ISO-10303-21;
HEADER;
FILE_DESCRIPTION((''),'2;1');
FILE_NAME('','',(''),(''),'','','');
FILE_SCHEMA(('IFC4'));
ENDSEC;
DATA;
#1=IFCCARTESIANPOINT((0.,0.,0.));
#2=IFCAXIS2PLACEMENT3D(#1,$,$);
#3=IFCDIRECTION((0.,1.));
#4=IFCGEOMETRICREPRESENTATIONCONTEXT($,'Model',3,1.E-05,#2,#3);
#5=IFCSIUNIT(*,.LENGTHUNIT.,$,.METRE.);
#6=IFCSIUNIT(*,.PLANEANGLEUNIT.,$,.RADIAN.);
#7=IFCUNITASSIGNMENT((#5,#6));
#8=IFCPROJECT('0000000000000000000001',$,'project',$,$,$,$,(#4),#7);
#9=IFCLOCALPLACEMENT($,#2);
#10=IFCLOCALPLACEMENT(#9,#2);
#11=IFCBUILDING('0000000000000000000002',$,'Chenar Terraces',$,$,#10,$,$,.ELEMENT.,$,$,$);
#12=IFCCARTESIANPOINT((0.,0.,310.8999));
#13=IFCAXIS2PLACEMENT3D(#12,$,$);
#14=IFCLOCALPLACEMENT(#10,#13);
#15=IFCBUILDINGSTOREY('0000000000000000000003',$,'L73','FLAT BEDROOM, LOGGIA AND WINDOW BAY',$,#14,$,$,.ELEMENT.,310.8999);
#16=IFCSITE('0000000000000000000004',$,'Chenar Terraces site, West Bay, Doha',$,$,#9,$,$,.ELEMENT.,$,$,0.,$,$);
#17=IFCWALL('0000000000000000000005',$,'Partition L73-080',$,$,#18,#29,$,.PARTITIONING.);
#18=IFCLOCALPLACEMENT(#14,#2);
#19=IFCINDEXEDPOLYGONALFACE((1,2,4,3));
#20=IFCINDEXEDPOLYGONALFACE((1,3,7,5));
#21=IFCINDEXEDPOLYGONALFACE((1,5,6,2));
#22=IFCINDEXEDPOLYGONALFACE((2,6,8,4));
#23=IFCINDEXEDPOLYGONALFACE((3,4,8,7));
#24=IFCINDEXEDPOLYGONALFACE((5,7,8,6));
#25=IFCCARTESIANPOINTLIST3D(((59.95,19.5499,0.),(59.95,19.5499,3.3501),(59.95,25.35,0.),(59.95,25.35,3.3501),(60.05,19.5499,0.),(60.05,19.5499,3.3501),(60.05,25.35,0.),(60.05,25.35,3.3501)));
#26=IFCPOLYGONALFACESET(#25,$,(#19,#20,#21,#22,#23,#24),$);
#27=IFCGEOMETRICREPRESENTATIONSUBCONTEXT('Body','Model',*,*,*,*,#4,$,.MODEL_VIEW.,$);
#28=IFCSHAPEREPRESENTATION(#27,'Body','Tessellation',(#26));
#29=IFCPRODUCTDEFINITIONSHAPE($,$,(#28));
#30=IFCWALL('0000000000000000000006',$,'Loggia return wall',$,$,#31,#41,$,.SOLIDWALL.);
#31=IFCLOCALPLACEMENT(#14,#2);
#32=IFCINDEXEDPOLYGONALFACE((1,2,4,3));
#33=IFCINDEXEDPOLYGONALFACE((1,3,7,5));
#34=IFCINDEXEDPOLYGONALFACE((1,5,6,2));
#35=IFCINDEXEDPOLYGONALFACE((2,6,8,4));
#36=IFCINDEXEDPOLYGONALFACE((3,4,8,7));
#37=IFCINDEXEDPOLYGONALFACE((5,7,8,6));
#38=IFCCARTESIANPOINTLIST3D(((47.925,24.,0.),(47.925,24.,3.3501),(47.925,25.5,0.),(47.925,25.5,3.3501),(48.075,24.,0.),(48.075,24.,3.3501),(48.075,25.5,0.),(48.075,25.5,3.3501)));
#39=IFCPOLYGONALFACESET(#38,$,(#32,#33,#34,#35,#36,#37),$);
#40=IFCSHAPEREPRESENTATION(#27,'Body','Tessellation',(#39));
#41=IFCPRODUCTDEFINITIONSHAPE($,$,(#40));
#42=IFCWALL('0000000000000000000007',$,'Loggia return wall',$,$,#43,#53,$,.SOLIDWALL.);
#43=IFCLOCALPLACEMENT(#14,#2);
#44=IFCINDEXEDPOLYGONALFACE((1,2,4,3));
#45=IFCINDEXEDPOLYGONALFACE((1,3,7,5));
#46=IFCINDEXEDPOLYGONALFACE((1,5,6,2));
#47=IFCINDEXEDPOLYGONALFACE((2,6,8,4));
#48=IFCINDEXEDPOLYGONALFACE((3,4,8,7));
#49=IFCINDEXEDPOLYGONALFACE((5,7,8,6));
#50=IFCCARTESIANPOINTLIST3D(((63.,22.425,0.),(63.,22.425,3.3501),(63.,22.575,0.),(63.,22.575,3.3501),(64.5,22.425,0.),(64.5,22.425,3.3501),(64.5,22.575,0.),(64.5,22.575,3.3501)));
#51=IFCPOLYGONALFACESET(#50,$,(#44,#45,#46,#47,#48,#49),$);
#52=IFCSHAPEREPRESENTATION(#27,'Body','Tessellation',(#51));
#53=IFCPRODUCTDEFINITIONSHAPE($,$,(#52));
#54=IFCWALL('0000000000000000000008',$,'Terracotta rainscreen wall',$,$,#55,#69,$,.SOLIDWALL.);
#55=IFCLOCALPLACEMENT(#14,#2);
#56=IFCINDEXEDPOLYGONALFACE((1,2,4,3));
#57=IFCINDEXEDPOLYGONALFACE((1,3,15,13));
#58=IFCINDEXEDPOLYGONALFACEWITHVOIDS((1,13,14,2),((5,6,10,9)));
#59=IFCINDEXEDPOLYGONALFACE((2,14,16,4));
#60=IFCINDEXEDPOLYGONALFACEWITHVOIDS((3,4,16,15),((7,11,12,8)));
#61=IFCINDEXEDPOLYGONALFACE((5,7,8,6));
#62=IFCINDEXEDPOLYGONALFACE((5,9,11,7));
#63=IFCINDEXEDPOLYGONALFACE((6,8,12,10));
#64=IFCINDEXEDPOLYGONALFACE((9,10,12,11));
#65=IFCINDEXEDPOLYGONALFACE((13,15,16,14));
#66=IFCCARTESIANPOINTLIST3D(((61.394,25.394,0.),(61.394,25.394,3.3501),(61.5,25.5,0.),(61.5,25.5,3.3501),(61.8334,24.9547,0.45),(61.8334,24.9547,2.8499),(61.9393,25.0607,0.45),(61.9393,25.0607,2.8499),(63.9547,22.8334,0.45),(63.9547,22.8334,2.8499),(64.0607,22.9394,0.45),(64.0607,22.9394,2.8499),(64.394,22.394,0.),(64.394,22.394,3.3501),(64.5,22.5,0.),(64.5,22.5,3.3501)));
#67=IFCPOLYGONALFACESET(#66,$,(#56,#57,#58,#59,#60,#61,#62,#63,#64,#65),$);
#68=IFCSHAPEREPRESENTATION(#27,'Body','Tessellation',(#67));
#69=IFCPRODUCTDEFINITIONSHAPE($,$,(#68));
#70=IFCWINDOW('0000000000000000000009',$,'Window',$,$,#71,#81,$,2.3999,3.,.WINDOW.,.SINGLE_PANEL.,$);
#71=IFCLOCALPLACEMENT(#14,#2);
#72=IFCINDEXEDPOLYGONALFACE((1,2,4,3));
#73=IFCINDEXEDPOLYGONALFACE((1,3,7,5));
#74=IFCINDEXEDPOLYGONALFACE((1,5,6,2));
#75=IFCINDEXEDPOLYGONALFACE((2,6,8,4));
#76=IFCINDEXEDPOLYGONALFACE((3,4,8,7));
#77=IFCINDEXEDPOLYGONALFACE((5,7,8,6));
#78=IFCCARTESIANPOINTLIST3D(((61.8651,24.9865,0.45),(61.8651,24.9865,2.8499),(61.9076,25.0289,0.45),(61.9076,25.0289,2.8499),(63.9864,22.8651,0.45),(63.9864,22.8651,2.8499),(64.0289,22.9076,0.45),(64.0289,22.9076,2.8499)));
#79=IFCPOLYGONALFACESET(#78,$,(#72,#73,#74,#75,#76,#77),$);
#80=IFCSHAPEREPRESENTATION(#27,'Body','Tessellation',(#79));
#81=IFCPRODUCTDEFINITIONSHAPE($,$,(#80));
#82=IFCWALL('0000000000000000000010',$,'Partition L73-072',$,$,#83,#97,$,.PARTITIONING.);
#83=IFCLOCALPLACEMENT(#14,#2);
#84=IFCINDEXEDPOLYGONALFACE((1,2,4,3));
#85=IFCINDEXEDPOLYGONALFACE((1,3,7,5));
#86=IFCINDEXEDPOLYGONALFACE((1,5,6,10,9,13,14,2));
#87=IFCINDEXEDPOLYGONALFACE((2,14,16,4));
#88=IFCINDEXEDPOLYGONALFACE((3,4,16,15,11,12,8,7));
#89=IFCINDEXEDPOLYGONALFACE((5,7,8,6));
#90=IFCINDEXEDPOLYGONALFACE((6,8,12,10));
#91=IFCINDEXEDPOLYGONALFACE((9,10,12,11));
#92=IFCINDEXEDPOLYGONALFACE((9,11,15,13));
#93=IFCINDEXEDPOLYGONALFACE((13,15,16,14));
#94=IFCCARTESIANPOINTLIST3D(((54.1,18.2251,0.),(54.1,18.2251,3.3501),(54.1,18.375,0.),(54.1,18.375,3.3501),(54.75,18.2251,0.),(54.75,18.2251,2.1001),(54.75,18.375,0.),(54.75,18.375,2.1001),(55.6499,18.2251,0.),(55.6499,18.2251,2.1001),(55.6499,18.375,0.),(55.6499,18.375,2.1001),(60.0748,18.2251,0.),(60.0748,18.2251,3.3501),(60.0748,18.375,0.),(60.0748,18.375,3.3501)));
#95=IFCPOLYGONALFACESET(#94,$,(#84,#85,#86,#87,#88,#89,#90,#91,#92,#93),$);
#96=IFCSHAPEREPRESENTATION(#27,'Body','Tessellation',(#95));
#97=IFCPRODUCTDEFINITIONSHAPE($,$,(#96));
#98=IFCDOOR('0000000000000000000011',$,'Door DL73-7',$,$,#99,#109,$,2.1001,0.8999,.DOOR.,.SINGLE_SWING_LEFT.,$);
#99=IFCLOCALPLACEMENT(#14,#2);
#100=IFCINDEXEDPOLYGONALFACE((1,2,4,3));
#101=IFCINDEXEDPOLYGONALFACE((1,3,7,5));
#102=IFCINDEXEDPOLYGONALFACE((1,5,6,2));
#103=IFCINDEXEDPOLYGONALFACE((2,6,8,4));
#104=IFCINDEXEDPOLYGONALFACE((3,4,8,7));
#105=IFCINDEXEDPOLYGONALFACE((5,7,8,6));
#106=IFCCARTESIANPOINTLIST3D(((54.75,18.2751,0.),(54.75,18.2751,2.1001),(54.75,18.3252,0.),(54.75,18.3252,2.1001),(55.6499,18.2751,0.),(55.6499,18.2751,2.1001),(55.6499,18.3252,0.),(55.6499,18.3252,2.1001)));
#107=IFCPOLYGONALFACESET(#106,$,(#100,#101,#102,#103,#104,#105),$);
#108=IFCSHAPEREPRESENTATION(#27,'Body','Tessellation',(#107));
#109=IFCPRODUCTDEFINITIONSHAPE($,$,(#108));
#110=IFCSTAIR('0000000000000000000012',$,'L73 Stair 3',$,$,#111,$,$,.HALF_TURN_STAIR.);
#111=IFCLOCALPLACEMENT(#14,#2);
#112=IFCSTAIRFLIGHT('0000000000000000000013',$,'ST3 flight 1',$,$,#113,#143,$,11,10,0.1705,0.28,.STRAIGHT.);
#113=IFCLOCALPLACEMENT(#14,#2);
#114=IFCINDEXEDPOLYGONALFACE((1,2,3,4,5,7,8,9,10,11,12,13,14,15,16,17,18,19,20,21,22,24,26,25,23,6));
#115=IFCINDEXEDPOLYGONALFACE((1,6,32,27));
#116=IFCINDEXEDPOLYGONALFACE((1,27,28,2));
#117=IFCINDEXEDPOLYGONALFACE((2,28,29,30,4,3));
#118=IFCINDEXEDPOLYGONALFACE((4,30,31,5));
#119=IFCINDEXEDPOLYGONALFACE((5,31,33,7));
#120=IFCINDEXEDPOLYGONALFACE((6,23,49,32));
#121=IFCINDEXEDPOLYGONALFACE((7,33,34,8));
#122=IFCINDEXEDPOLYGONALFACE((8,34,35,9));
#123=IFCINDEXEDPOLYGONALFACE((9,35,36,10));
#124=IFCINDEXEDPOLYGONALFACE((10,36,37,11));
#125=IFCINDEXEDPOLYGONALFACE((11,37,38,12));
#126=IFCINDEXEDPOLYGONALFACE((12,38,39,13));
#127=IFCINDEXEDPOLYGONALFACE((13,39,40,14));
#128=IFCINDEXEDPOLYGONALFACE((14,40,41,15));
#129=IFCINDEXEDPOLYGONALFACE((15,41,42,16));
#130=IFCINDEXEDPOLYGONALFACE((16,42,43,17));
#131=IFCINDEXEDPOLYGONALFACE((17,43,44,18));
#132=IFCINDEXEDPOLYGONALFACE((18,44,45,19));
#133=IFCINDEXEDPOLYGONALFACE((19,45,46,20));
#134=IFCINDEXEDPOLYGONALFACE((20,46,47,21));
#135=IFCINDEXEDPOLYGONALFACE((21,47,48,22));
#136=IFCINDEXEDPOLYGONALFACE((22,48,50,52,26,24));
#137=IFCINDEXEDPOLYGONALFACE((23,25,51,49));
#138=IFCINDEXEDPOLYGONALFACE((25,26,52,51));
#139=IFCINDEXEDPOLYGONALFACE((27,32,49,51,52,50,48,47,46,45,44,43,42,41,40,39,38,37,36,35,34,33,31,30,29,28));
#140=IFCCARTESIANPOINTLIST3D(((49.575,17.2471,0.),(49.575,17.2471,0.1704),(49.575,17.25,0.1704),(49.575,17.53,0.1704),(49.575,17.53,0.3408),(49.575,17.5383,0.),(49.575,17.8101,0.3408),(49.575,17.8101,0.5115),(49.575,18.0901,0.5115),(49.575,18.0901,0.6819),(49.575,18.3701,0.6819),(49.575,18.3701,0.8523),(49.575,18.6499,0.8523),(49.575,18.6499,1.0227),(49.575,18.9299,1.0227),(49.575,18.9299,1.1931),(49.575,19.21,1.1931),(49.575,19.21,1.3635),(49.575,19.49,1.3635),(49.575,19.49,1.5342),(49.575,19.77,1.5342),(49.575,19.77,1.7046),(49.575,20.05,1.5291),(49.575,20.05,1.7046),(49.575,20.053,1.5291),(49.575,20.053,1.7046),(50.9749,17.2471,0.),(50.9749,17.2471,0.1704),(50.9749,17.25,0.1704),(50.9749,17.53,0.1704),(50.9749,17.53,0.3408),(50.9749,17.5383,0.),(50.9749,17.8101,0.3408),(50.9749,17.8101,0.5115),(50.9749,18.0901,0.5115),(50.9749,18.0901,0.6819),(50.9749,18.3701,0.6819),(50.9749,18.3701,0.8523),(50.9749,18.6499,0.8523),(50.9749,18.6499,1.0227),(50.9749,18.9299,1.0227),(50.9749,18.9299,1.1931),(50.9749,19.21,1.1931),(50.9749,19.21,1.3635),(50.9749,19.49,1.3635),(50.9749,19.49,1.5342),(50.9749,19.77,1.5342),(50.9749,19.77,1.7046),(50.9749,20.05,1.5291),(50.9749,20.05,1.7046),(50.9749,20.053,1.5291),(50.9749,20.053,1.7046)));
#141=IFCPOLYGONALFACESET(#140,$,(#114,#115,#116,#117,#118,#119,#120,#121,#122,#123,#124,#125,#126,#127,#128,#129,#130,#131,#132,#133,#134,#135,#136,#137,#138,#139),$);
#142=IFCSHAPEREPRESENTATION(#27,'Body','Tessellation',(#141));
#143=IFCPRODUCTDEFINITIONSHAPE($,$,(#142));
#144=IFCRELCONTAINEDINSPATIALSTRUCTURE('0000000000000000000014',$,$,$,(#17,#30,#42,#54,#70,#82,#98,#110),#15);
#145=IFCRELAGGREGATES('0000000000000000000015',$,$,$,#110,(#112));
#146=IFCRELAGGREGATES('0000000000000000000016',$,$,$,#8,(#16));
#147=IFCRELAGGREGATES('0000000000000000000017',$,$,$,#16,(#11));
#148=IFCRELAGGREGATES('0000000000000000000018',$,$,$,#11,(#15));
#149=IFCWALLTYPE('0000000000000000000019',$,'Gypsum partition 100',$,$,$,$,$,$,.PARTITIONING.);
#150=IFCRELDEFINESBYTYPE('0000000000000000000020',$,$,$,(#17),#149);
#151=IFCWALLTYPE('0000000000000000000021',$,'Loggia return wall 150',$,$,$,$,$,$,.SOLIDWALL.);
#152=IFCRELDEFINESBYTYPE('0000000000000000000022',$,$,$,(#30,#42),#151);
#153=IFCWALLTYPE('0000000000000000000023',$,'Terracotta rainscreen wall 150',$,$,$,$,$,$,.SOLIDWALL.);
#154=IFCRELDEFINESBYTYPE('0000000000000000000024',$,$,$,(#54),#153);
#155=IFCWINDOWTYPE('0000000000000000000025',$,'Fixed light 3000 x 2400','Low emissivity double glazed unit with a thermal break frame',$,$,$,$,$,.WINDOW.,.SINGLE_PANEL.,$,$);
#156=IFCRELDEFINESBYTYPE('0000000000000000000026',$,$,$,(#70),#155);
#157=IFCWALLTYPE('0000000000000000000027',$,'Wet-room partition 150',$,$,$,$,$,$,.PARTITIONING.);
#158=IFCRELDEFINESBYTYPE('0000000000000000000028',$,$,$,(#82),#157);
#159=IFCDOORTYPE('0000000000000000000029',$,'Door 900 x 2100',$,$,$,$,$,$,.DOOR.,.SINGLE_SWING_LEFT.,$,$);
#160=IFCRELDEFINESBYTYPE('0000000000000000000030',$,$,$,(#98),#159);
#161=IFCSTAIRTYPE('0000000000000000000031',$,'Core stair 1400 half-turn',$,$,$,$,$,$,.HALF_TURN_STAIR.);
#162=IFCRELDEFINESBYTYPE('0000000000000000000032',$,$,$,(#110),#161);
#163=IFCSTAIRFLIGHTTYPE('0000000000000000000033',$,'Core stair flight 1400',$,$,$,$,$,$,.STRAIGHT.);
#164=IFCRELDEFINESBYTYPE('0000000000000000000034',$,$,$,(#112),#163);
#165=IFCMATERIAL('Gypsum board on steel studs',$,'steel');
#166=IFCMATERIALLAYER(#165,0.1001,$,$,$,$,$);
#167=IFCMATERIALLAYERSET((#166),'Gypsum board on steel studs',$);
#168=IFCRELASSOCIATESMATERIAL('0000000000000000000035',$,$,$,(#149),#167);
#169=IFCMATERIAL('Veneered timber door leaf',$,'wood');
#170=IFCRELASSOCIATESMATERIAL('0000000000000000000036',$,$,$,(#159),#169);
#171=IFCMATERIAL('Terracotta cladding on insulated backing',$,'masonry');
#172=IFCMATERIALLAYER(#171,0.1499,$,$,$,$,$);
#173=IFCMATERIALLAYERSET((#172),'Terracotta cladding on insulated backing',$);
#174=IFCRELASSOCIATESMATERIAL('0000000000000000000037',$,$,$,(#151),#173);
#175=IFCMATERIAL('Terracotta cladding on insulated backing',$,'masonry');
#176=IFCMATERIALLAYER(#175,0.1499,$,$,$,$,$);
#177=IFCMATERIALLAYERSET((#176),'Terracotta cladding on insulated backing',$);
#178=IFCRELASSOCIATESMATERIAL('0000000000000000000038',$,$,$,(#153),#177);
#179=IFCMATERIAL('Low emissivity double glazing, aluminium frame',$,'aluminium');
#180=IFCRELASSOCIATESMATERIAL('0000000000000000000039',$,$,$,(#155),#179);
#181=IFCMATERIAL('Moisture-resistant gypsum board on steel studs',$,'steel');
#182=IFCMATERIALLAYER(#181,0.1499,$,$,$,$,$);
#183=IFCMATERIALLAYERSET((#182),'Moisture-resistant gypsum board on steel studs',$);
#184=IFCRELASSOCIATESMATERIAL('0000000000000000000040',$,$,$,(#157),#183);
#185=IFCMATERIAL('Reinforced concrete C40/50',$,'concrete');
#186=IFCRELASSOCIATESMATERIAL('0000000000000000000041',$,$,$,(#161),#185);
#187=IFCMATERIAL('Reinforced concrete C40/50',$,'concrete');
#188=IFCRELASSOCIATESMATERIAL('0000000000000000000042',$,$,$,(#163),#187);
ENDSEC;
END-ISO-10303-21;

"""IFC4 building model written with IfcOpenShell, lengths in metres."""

from ifc_helpers import new_model, si_unit, direction, frame, frame_2d, origin, place, context, subcontext, project, spatial, polyline, rectangle, outline, extrude, material, layer, layer_set, type_object, element, fill, aggregate, save


model = new_model("IFC4")

# Units and contexts
model_context = context("Model", 3, precision=1e-05, world=origin(), true_north=direction((0.0, 1.0)))
body_context = subcontext(model_context, "Body", "Model", "MODEL_VIEW")
ifc_project = project(units=[si_unit("LENGTHUNIT", "METRE"), si_unit("PLANEANGLEUNIT", "RADIAN")], contexts=[model_context])

# Site, building, storey
site_placement = place(None, origin())
site = spatial("IfcSite", under=ifc_project, at=site_placement, Name="Chenar Terraces site, West Bay, Doha", CompositionType="ELEMENT", RefElevation=0.0)
building_placement = place(site_placement, origin())
building = spatial("IfcBuilding", under=site, at=building_placement, Name="Chenar Terraces", CompositionType="ELEMENT")
storey_placement = place(building_placement, frame((0.0, 0.0, 310.8999)))
storey = spatial("IfcBuildingStorey", under=building, at=storey_placement, Name="L73", Description="FLAT BEDROOM, LOGGIA AND WINDOW BAY", CompositionType="ELEMENT", Elevation=310.8999)

# Shared definitions
ifc_material_1 = material(Name="Gypsum board on steel studs", Category="steel")
ifc_layer_1 = layer(ifc_material_1, 0.1001)
ifc_layer_set_1 = layer_set([ifc_layer_1], Name="Gypsum board on steel studs")
wall_type_1 = type_object("IfcWallType", Name="Gypsum partition 100", PredefinedType="PARTITIONING", material=ifc_layer_set_1)
ifc_material_2 = material(Name="Veneered timber door leaf", Category="wood")
door_type = type_object("IfcDoorType", Name="Door 900 x 2100", OperationType="SINGLE_SWING_LEFT", PredefinedType="DOOR", material=ifc_material_2)

# Walls
wall_1_placement = place(storey_placement, frame((60.0, 19.55, 0.0), z_axis=(0.0, 0.0, 1.0), x_axis=(0.0, 1.0, 0.0)))
element("IfcWall", 1, at=wall_1_placement, inside=storey, type_object=wall_type_1, Name="Partition L73-080", PredefinedType="PARTITIONING", context=body_context, shape_type="SweptSolid", body=[
    extrude(rectangle(XDim=5.8, YDim=0.1001, at=frame_2d((2.8999, 0.0))), origin(), (0.0, 0.0, 1.0), 3.3501),
])
ifc_material_3 = material(Name="Terracotta cladding on insulated backing", Category="masonry")
ifc_layer_2 = layer(ifc_material_3, 0.1499)
ifc_layer_set_2 = layer_set([ifc_layer_2], Name="Terracotta cladding on insulated backing")
wall_type_2 = type_object("IfcWallType", Name="Loggia return wall 150", PredefinedType="SOLIDWALL", material=ifc_layer_set_2)
for number, where, z_axis, x_axis, name in (
    (2, (48.0, 25.5, 0.0), (0.0, 0.0, 1.0), (0.0, -1.0, 0.0), "Loggia return wall"),
    (3, (64.5, 22.5, 0.0), (0.0, 0.0, 1.0), (-1.0, 0.0, 0.0), "Loggia return wall"),
):
    element("IfcWall", number, at=place(storey_placement, frame(where, z_axis=z_axis, x_axis=x_axis)), inside=storey, type_object=wall_type_2, Name=name, PredefinedType="SOLIDWALL", context=body_context, shape_type="SweptSolid", body=[
        extrude(rectangle(XDim=1.5, YDim=0.1499, at=frame_2d((0.75, 0.0))), origin(), (0.0, 0.0, 1.0), 3.3501),
    ])

# Wall, opening, window
ifc_material_4 = material(Name="Terracotta cladding on insulated backing", Category="masonry")
ifc_layer_3 = layer(ifc_material_4, 0.1499)
ifc_layer_set_3 = layer_set([ifc_layer_3], Name="Terracotta cladding on insulated backing")
wall_type_3 = type_object("IfcWallType", Name="Terracotta rainscreen wall 150", PredefinedType="SOLIDWALL", material=ifc_layer_set_3)
wall_2_placement = place(storey_placement, frame((64.447, 22.447, 0.0), z_axis=(0.0, 0.0, 1.0), x_axis=(-0.707107, 0.707107, 0.0)))
wall_2 = element("IfcWall", 4, at=wall_2_placement, inside=storey, type_object=wall_type_3, Name="Terracotta rainscreen wall", PredefinedType="SOLIDWALL", context=body_context, shape_type="SweptSolid", body=[
    extrude(rectangle(XDim=4.2427, YDim=0.1499, at=frame_2d((2.1213, 0.0))), origin(), (0.0, 0.0, 1.0), 3.3501),
])
opening_1_placement = place(wall_2_placement, frame((0.6213, 0.0, 0.45)))
opening_1 = element("IfcOpeningElement", 5, at=opening_1_placement, cuts=wall_2, PredefinedType="OPENING", context=body_context, shape_type="SweptSolid", body=[
    extrude(rectangle(XDim=3.0, YDim=2.3999, at=frame_2d((1.5, 1.2))), frame((0.0, 0.085, 0.0), z_axis=(0.0, -1.0, 0.0), x_axis=(1.0, 0.0, 0.0)), (0.0, 0.0, 1.0), 0.1699),
])
ifc_material_5 = material(Name="Low emissivity double glazing, aluminium frame", Category="aluminium")
window_type_1 = type_object("IfcWindowType", Name="Fixed light 3000 x 2400", Description="Low emissivity double glazed unit with a thermal break frame", PartitioningType="SINGLE_PANEL", PredefinedType="WINDOW", material=ifc_material_5)
window_1_placement = place(opening_1_placement, origin())
window_1 = element("IfcWindow", 6, at=window_1_placement, inside=storey, type_object=window_type_1, Name="Window", OverallHeight=2.3999, OverallWidth=3.0, PartitioningType="SINGLE_PANEL", PredefinedType="WINDOW", context=body_context, shape_type="SweptSolid", body=[
    extrude(rectangle(XDim=3.0, YDim=2.3999, at=frame_2d((1.5, 1.2))), frame((0.0, 0.03, 0.0), z_axis=(0.0, -1.0, 0.0), x_axis=(1.0, 0.0, 0.0)), (0.0, 0.0, 1.0), 0.0601),
])
fill(opening_1, window_1)

# Wall, opening, door
ifc_material_6 = material(Name="Moisture-resistant gypsum board on steel studs", Category="steel")
ifc_layer_4 = layer(ifc_material_6, 0.1499)
ifc_layer_set_4 = layer_set([ifc_layer_4], Name="Moisture-resistant gypsum board on steel studs")
wall_type_4 = type_object("IfcWallType", Name="Wet-room partition 150", PredefinedType="PARTITIONING", material=ifc_layer_set_4)
wall_3_placement = place(storey_placement, frame((54.1001, 18.3, 0.0), z_axis=(0.0, 0.0, 1.0), x_axis=(1.0, 0.0, 0.0)))
wall_3 = element("IfcWall", 7, at=wall_3_placement, inside=storey, type_object=wall_type_4, Name="Partition L73-072", PredefinedType="PARTITIONING", context=body_context, shape_type="SweptSolid", body=[
    extrude(rectangle(XDim=5.9749, YDim=0.1499, at=frame_2d((2.9873, 0.0))), origin(), (0.0, 0.0, 1.0), 3.3501),
])
opening_2_placement = place(wall_3_placement, frame((0.6499, 0.0, 0.0)))
opening_2 = element("IfcOpeningElement", 8, at=opening_2_placement, cuts=wall_3, PredefinedType="OPENING", context=body_context, shape_type="SweptSolid", body=[
    extrude(rectangle(XDim=0.8999, YDim=2.1001, at=frame_2d((0.45, 1.05))), frame((0.0, 0.085, 0.0), z_axis=(0.0, -1.0, 0.0), x_axis=(1.0, 0.0, 0.0)), (0.0, 0.0, 1.0), 0.1699),
])
door_1_placement = place(opening_2_placement, frame((0.8999, 0.0, 0.0), z_axis=(0.0, 0.0, 1.0), x_axis=(-1.0, 0.0, 0.0)))
door_1 = element("IfcDoor", 9, at=door_1_placement, inside=storey, type_object=door_type, Name="Door DL73-7", OperationType="SINGLE_SWING_LEFT", OverallHeight=2.1001, OverallWidth=0.8999, PredefinedType="DOOR", context=body_context, shape_type="SweptSolid", body=[
    extrude(rectangle(XDim=0.8999, YDim=2.1001, at=frame_2d((0.45, 1.05))), frame((0.0, 0.0249, 0.0), z_axis=(0.0, -1.0, 0.0), x_axis=(1.0, 0.0, 0.0)), (0.0, 0.0, 1.0), 0.05),
])
fill(opening_2, door_1)

# Stair, stair flight
ifc_material_7 = material(Name="Reinforced concrete C40/50", Category="concrete")
stair_type = type_object("IfcStairType", Name="Core stair 1400 half-turn", PredefinedType="HALF_TURN_STAIR", material=ifc_material_7)
stair_placement = place(storey_placement, origin())
stair = element("IfcStair", 10, at=stair_placement, inside=storey, type_object=stair_type, Name="L73 Stair 3", PredefinedType="HALF_TURN_STAIR")
ifc_material_8 = material(Name="Reinforced concrete C40/50", Category="concrete")
stair_flight_type = type_object("IfcStairFlightType", Name="Core stair flight 1400", PredefinedType="STRAIGHT", material=ifc_material_8)
stair_flight_1_placement = place(storey_placement, frame((50.2749, 17.25, 0.0), z_axis=(0.0, 0.0, 1.0), x_axis=(0.0, 1.0, 0.0)))
stair_flight_1 = element("IfcStairFlight", 11, at=stair_flight_1_placement, type_object=stair_flight_type, Name="ST3 flight 1", NumberOfRisers=11, NumberOfTreads=10, PredefinedType="STRAIGHT", RiserHeight=0.1705, TreadLength=0.28, context=body_context, shape_type="SweptSolid", body=[
    extrude(outline(polyline([(-0.0029, 0.0), (-0.0029, 0.1704), (0.0, 0.1704), (0.28, 0.1704), (0.28, 0.3408), (0.5601, 0.3408), (0.5601, 0.5115), (0.8401, 0.5115), (0.8401, 0.6819), (1.1201, 0.6819), (1.1201, 0.8523), (1.3999, 0.8523), (1.3999, 1.0227), (1.6799, 1.0227), (1.6799, 1.1931), (1.96, 1.1931), (1.96, 1.3635), (2.24, 1.3635), (2.24, 1.5342), (2.52, 1.5342), (2.52, 1.7046), (2.8, 1.7046), (2.803, 1.7046), (2.803, 1.5291), (2.8, 1.5291), (0.2883, 0.0), (-0.0029, 0.0)])), frame((0.0, 0.7, 0.0), z_axis=(0.0, -1.0, 0.0), x_axis=(1.0, 0.0, 0.0)), (0.0, 0.0, 1.0), 1.3999),
])
aggregate(stair, [stair_flight_1])

save(model, "model.ifc")
